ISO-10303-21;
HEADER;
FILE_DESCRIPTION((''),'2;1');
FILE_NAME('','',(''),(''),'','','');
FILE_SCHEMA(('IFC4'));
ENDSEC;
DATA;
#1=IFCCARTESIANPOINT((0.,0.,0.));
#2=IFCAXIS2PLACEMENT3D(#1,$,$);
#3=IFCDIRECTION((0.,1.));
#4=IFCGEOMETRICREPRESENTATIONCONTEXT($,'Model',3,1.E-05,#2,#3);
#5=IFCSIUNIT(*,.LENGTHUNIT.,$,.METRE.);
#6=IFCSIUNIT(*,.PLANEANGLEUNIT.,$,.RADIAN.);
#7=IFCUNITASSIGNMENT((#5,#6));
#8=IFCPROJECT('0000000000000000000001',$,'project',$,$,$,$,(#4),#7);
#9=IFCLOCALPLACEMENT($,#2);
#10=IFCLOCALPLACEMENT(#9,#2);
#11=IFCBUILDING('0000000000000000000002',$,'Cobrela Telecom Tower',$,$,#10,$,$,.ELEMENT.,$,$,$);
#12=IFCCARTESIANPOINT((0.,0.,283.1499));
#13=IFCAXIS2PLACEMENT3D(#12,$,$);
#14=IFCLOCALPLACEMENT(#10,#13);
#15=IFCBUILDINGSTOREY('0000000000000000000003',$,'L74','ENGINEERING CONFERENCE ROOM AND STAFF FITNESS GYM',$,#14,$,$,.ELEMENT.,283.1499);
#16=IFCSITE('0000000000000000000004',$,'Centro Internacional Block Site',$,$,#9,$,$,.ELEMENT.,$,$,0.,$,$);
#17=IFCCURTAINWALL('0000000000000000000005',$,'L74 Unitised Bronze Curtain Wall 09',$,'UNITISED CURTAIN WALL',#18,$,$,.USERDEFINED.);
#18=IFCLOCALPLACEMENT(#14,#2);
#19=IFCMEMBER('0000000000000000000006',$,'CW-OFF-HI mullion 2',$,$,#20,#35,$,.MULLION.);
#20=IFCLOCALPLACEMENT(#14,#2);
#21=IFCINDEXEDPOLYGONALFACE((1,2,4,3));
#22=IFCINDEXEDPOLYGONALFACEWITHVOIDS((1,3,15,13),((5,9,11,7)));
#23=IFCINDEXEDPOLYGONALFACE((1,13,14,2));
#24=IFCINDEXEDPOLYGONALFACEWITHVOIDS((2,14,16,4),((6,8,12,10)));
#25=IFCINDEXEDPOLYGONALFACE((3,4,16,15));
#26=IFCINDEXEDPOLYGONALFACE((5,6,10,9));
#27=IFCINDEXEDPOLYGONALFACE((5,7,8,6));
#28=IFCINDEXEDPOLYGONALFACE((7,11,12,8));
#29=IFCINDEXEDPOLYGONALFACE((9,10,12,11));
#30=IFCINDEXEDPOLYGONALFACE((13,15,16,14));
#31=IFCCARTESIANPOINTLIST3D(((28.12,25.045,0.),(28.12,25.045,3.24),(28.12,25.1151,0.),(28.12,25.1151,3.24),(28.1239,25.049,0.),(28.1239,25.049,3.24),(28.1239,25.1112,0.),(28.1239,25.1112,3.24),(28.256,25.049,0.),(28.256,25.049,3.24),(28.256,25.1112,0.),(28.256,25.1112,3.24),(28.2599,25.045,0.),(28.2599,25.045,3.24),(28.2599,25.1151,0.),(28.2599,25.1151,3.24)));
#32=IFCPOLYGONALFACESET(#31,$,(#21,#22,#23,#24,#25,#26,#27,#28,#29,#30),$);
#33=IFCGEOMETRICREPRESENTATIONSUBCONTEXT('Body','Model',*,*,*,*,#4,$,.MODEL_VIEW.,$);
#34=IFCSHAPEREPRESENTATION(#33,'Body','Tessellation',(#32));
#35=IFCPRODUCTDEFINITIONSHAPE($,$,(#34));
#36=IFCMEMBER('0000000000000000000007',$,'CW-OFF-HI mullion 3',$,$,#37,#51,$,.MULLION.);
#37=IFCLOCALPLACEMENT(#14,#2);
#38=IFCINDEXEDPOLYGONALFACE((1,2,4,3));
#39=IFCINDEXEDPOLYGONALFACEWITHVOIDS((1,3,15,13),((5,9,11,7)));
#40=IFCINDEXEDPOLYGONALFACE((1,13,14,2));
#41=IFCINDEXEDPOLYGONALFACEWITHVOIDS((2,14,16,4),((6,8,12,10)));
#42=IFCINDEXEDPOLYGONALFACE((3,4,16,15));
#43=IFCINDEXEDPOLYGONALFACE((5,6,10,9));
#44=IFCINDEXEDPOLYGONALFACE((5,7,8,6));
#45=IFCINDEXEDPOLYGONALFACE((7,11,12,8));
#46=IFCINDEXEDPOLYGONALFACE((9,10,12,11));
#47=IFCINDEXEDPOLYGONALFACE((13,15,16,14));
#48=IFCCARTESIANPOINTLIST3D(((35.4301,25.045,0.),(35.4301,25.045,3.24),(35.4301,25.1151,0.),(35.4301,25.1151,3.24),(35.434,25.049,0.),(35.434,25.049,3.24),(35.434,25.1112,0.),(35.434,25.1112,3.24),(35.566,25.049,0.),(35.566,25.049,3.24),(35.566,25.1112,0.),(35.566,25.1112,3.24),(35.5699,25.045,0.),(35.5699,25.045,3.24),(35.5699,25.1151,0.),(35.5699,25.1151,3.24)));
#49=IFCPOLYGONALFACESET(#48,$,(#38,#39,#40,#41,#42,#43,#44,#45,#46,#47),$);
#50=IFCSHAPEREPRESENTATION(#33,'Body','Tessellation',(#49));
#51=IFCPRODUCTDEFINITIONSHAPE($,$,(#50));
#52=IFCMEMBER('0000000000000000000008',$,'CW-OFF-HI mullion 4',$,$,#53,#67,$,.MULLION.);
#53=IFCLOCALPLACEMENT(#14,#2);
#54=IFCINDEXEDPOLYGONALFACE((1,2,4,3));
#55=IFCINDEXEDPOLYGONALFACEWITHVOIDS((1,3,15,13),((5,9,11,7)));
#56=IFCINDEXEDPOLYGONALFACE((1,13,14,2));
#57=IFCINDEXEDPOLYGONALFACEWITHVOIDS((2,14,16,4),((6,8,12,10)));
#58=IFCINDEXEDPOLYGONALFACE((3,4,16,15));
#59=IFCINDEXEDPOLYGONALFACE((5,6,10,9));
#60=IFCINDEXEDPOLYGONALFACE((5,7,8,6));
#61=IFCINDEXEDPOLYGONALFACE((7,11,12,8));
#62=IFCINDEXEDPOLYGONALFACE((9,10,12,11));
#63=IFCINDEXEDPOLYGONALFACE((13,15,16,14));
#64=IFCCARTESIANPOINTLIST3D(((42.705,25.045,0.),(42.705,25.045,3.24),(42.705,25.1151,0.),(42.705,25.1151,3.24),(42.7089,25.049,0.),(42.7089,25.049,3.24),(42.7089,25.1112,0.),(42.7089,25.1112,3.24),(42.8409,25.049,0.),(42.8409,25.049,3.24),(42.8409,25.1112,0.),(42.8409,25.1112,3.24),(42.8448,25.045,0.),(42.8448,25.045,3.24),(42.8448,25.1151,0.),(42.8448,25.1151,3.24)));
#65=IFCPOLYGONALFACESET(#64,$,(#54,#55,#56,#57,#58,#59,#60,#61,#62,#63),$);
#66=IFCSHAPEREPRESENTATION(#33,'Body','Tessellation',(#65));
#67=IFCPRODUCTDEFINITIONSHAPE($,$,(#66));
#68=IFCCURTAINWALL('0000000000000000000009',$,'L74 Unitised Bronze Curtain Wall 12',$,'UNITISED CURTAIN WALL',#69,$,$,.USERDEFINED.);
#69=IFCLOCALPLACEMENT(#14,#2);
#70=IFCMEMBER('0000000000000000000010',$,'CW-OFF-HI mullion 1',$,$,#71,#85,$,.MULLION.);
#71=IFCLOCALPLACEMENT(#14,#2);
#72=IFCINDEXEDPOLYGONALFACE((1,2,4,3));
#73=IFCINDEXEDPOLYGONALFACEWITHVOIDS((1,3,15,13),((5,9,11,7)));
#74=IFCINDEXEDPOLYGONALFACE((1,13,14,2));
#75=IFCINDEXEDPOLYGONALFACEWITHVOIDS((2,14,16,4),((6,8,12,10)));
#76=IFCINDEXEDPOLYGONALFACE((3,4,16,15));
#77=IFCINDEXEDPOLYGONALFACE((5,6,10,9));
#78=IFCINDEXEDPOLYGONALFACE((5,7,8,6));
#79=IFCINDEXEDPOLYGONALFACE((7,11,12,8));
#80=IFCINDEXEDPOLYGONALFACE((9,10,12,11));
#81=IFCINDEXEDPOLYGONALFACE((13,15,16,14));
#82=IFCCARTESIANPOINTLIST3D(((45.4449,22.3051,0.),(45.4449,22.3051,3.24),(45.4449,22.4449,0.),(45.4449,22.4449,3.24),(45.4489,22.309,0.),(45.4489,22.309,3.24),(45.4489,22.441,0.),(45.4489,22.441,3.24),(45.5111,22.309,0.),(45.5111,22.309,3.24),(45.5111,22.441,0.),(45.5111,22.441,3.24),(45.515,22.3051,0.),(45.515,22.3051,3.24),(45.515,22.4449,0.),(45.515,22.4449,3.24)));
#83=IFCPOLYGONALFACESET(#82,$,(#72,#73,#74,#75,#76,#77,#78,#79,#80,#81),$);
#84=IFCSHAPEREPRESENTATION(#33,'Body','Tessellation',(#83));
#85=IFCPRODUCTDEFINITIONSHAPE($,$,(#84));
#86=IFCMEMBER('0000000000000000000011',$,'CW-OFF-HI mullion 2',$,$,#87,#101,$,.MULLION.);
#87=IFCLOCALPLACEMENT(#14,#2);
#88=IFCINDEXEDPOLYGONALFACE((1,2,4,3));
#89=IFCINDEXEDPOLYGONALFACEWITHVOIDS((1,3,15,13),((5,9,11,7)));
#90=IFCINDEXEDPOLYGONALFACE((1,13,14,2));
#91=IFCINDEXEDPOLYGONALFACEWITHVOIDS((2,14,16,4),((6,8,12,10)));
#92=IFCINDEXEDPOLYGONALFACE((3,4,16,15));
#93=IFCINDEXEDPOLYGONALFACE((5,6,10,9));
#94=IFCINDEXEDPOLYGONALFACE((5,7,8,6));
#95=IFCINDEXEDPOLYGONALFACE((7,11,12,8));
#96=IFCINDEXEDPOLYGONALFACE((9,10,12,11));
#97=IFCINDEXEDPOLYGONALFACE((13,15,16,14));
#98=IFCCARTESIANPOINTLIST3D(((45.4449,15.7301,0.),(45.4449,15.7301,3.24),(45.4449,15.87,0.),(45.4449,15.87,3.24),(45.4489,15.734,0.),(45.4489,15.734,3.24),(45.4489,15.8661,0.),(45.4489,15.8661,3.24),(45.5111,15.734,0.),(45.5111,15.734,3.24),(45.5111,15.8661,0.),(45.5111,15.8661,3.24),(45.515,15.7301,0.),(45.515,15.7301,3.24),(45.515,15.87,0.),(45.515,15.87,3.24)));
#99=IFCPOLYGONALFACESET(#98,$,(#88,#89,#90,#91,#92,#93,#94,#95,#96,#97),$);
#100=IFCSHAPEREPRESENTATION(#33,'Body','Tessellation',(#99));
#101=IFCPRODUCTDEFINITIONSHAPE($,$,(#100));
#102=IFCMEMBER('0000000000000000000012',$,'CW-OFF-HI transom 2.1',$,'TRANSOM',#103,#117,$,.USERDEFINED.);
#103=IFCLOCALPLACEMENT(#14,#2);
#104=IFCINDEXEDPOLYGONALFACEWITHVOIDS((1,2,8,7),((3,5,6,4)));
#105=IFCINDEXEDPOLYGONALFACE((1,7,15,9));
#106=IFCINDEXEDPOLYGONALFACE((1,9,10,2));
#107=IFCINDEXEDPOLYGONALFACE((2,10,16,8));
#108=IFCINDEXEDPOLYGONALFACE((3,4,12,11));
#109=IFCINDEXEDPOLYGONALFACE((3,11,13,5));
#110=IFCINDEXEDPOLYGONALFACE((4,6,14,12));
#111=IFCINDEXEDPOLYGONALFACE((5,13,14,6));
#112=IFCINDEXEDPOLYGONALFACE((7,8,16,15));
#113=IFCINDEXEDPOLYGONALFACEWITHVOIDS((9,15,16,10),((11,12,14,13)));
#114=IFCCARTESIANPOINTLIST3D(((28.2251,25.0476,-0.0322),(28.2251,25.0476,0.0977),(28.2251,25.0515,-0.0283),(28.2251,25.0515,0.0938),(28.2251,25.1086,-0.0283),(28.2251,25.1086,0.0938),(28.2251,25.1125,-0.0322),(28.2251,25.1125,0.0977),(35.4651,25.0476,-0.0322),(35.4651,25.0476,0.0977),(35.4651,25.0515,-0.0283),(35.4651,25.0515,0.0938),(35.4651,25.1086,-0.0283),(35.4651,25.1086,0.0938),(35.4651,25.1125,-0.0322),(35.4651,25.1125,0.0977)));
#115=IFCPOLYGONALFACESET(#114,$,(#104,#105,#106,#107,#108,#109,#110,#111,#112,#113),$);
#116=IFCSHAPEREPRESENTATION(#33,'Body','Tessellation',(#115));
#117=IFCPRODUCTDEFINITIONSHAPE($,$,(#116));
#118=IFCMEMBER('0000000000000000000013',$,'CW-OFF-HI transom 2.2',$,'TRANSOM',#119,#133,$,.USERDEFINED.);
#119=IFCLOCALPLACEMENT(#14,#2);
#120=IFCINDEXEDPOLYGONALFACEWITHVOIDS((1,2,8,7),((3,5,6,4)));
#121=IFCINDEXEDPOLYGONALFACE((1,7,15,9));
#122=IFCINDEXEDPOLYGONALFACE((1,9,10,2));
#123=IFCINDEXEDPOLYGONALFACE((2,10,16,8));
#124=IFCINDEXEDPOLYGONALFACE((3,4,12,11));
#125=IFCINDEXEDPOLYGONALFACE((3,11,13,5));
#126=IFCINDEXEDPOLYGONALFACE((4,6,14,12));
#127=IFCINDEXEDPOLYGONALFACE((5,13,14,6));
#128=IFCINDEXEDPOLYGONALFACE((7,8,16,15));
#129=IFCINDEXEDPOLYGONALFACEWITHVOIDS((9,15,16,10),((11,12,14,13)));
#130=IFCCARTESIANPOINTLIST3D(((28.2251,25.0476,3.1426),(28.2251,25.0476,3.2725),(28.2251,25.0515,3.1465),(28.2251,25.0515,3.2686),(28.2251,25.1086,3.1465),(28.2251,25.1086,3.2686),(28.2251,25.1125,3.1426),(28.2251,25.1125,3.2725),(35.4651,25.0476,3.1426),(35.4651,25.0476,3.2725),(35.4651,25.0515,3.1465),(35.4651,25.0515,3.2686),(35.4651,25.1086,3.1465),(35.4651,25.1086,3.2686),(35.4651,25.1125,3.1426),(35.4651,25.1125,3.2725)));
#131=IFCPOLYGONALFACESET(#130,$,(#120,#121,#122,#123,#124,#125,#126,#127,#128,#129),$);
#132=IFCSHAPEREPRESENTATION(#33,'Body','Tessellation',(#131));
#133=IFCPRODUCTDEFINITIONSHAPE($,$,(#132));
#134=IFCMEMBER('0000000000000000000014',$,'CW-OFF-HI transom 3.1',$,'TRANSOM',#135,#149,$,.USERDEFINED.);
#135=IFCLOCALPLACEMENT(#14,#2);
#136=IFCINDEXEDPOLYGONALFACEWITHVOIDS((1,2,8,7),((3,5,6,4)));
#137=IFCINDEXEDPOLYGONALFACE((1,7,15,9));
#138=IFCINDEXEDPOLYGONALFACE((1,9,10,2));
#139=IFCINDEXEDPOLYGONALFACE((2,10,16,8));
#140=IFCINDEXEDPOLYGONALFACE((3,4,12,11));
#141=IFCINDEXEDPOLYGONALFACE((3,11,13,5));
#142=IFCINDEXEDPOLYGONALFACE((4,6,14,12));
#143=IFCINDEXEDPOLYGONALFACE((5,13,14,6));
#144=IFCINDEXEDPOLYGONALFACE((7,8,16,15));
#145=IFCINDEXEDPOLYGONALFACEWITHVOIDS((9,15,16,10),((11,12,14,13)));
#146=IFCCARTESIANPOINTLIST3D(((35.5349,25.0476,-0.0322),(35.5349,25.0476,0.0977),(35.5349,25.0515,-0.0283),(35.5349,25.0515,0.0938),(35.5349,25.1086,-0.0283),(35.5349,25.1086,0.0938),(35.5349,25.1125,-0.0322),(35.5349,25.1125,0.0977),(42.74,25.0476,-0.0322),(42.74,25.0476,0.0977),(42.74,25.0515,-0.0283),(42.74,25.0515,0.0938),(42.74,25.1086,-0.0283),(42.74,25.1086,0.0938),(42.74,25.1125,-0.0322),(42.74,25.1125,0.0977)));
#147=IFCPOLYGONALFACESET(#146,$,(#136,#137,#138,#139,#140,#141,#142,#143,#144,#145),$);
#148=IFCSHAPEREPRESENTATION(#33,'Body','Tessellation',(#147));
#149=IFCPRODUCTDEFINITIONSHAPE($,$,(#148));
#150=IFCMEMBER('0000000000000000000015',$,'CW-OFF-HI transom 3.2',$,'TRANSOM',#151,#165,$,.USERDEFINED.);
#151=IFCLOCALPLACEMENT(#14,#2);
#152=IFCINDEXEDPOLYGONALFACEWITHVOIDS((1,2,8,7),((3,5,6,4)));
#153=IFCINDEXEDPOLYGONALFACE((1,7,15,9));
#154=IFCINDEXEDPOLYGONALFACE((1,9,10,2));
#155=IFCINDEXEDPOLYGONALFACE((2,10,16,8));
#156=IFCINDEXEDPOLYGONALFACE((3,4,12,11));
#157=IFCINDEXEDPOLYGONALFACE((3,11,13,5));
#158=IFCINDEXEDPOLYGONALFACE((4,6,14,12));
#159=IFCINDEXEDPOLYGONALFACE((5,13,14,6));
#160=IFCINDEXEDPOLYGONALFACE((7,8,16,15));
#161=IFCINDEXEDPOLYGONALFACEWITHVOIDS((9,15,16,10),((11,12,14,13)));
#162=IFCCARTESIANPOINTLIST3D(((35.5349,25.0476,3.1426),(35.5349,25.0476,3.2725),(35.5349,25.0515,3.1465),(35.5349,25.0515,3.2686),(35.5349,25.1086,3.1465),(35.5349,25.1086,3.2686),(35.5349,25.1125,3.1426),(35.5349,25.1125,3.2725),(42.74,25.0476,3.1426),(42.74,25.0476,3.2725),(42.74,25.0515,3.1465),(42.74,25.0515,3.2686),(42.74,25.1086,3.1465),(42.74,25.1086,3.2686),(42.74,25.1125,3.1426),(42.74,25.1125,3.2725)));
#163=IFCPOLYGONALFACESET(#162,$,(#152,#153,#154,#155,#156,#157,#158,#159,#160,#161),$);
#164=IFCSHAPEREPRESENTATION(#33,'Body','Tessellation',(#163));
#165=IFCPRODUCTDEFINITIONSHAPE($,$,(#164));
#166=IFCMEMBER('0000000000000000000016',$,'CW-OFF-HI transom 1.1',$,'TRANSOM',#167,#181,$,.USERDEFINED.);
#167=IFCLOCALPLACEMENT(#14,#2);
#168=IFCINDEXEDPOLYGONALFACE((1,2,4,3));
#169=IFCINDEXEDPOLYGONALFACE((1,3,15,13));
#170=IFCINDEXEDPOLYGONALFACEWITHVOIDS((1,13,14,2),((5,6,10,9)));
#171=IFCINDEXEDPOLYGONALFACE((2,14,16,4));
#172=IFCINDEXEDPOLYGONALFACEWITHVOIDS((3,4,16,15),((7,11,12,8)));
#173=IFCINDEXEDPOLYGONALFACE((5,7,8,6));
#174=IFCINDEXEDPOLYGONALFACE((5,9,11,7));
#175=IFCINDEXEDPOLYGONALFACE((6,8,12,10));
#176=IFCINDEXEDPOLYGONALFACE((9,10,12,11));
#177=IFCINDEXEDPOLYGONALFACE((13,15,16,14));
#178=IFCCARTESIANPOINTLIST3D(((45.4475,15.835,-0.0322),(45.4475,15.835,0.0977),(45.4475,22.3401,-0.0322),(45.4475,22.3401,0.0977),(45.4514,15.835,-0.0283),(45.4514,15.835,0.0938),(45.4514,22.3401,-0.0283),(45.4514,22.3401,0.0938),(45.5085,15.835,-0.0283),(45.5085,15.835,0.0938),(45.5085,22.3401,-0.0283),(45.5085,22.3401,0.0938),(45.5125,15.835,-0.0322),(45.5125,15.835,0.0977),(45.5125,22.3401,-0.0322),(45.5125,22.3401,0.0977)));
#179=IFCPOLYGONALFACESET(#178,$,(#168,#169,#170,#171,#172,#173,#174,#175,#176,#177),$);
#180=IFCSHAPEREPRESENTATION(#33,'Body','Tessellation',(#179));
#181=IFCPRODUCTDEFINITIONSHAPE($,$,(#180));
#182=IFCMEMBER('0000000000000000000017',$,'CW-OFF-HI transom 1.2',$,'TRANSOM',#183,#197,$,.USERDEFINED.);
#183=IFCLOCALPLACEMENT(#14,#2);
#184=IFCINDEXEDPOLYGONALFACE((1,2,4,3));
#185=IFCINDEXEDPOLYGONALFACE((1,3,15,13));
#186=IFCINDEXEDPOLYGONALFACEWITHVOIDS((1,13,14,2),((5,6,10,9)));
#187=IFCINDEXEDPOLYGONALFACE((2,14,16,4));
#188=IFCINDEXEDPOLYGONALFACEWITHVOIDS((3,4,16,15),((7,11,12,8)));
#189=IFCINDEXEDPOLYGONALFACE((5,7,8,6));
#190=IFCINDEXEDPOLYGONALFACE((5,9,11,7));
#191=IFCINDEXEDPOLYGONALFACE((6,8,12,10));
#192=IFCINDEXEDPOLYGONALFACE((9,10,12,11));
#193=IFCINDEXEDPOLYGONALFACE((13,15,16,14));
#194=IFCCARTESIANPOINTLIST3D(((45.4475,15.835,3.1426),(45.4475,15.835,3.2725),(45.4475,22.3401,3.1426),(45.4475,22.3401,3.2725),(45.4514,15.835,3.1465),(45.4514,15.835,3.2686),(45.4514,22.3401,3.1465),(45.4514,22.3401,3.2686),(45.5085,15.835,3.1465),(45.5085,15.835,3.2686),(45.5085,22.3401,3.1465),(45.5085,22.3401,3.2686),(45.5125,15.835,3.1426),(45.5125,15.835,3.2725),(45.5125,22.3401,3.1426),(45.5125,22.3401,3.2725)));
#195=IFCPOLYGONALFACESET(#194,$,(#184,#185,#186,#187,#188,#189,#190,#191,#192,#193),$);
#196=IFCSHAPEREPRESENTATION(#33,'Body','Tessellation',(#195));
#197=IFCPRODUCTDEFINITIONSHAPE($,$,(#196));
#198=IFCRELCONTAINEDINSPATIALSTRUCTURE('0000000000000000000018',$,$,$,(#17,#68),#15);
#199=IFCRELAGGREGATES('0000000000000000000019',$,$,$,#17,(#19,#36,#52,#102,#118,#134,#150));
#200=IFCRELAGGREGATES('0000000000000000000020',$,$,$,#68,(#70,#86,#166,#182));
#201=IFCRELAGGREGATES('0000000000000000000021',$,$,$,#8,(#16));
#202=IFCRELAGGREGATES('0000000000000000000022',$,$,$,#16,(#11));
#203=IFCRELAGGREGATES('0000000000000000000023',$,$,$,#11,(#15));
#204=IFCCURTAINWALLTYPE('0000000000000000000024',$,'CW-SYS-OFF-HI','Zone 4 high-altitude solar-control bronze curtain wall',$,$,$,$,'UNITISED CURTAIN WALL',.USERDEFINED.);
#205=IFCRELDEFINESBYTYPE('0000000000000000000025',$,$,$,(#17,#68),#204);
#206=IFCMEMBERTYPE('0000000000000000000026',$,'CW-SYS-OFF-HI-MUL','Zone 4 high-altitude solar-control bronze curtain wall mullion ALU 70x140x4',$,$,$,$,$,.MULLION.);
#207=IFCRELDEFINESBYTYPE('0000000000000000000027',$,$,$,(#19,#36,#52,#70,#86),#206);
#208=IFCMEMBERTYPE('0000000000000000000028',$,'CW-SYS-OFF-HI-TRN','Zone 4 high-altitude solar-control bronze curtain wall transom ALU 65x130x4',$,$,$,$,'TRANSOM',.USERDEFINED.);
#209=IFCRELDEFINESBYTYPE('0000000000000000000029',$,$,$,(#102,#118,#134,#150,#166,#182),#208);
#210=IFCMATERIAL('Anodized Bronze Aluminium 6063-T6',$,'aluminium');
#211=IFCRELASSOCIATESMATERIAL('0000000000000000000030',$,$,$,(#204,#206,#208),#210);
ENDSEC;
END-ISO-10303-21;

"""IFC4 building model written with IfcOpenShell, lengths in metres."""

from ifc_helpers import new_model, si_unit, direction, frame, origin, origin_2d, place, context, subcontext, project, spatial, hollow_rectangle, extrude, material, material_profile, profile_set, type_object, element, aggregate, save


model = new_model("IFC4")

# Units and contexts
model_context = context("Model", 3, precision=1e-05, world=origin(), true_north=direction((0.0, 1.0)))
body_context = subcontext(model_context, "Body", "Model", "MODEL_VIEW")
ifc_project = project(units=[si_unit("LENGTHUNIT", "METRE"), si_unit("PLANEANGLEUNIT", "RADIAN")], contexts=[model_context])

# Site, building, storey
site_placement = place(None, origin())
site = spatial("IfcSite", under=ifc_project, at=site_placement, Name="Centro Internacional Block Site", CompositionType="ELEMENT", RefElevation=0.0)
building_placement = place(site_placement, origin())
building = spatial("IfcBuilding", under=site, at=building_placement, Name="Cobrela Telecom Tower", CompositionType="ELEMENT")
storey_placement = place(building_placement, frame((0.0, 0.0, 283.1499)))
storey = spatial("IfcBuildingStorey", under=building, at=storey_placement, Name="L74", Description="ENGINEERING CONFERENCE ROOM AND STAFF FITNESS GYM", CompositionType="ELEMENT", Elevation=283.1499)

# Curtain walls, members
ifc_material_1 = material(Name="Anodized Bronze Aluminium 6063-T6", Category="aluminium")
curtain_wall_type = type_object("IfcCurtainWallType", Name="CW-SYS-OFF-HI", Description="Zone 4 high-altitude solar-control bronze curtain wall", ElementType="UNITISED CURTAIN WALL", PredefinedType="USERDEFINED", material=ifc_material_1)
curtain_wall_1_placement = place(storey_placement, origin())
curtain_wall_1 = element("IfcCurtainWall", 1, at=curtain_wall_1_placement, inside=storey, type_object=curtain_wall_type, Name="L74 Unitised Bronze Curtain Wall 09", ObjectType="UNITISED CURTAIN WALL", PredefinedType="USERDEFINED")
ifc_material_profile_1 = material_profile(ifc_material_1, hollow_rectangle(XDim=0.0701, YDim=0.1399, WallThickness=0.0039, at=origin_2d()), Name="ALU 70x140x4")
ifc_profile_set_1 = profile_set([ifc_material_profile_1], Name="Anodized Bronze Aluminium 6063-T6")
member_type_1 = type_object("IfcMemberType", Name="CW-SYS-OFF-HI-MUL", Description="Zone 4 high-altitude solar-control bronze curtain wall mullion ALU 70x140x4", PredefinedType="MULLION", material=ifc_profile_set_1)
member_1_placement = place(storey_placement, frame((28.1899, 25.0801, 0.0), z_axis=(0.0, 0.0, 1.0), x_axis=(0.0, 1.0, 0.0)))
member_1 = element("IfcMember", 2, at=member_1_placement, type_object=member_type_1, Name="CW-OFF-HI mullion 2", PredefinedType="MULLION", context=body_context, shape_type="SweptSolid", body=[
    extrude(hollow_rectangle(XDim=0.0701, YDim=0.1399, WallThickness=0.0039, at=origin_2d()), origin(), (0.0, 0.0, 1.0), 3.24),
])
member_2_placement = place(storey_placement, frame((35.5, 25.0801, 0.0), z_axis=(0.0, 0.0, 1.0), x_axis=(0.0, 1.0, 0.0)))
member_2 = element("IfcMember", 3, at=member_2_placement, type_object=member_type_1, Name="CW-OFF-HI mullion 3", PredefinedType="MULLION", context=body_context, shape_type="SweptSolid", body=[
    extrude(hollow_rectangle(XDim=0.0701, YDim=0.1399, WallThickness=0.0039, at=origin_2d()), origin(), (0.0, 0.0, 1.0), 3.24),
])
member_3_placement = place(storey_placement, frame((42.7749, 25.0801, 0.0), z_axis=(0.0, 0.0, 1.0), x_axis=(0.0, 1.0, 0.0)))
member_3 = element("IfcMember", 4, at=member_3_placement, type_object=member_type_1, Name="CW-OFF-HI mullion 4", PredefinedType="MULLION", context=body_context, shape_type="SweptSolid", body=[
    extrude(hollow_rectangle(XDim=0.0701, YDim=0.1399, WallThickness=0.0039, at=origin_2d()), origin(), (0.0, 0.0, 1.0), 3.24),
])
curtain_wall_2_placement = place(storey_placement, origin())
curtain_wall_2 = element("IfcCurtainWall", 5, at=curtain_wall_2_placement, inside=storey, type_object=curtain_wall_type, Name="L74 Unitised Bronze Curtain Wall 12", ObjectType="UNITISED CURTAIN WALL", PredefinedType="USERDEFINED")
member_4_placement = place(storey_placement, frame((45.48, 22.375, 0.0), z_axis=(0.0, 0.0, 1.0), x_axis=(1.0, 0.0, 0.0)))
member_4 = element("IfcMember", 6, at=member_4_placement, type_object=member_type_1, Name="CW-OFF-HI mullion 1", PredefinedType="MULLION", context=body_context, shape_type="SweptSolid", body=[
    extrude(hollow_rectangle(XDim=0.0701, YDim=0.1399, WallThickness=0.0039, at=origin_2d()), origin(), (0.0, 0.0, 1.0), 3.24),
])
member_5_placement = place(storey_placement, frame((45.48, 15.8, 0.0), z_axis=(0.0, 0.0, 1.0), x_axis=(1.0, 0.0, 0.0)))
member_5 = element("IfcMember", 7, at=member_5_placement, type_object=member_type_1, Name="CW-OFF-HI mullion 2", PredefinedType="MULLION", context=body_context, shape_type="SweptSolid", body=[
    extrude(hollow_rectangle(XDim=0.0701, YDim=0.1399, WallThickness=0.0039, at=origin_2d()), origin(), (0.0, 0.0, 1.0), 3.24),
])

# Members
ifc_material_profile_2 = material_profile(ifc_material_1, hollow_rectangle(XDim=0.0649, YDim=0.1299, WallThickness=0.0039, at=origin_2d()), Name="ALU 65x130x4")
ifc_profile_set_2 = profile_set([ifc_material_profile_2], Name="Anodized Bronze Aluminium 6063-T6")
member_type_2 = type_object("IfcMemberType", Name="CW-SYS-OFF-HI-TRN", Description="Zone 4 high-altitude solar-control bronze curtain wall transom ALU 65x130x4", ElementType="TRANSOM", PredefinedType="USERDEFINED", material=ifc_profile_set_2)
member_6_placement = place(storey_placement, frame((28.2251, 25.0801, 0.0327), z_axis=(1.0, 0.0, 0.0), x_axis=(0.0, 1.0, 0.0)))
member_6 = element("IfcMember", 8, at=member_6_placement, type_object=member_type_2, Name="CW-OFF-HI transom 2.1", ObjectType="TRANSOM", PredefinedType="USERDEFINED", context=body_context, shape_type="SweptSolid", body=[
    extrude(hollow_rectangle(XDim=0.0649, YDim=0.1299, WallThickness=0.0039, at=origin_2d()), origin(), (0.0, 0.0, 1.0), 7.24),
])
member_7_placement = place(storey_placement, frame((28.2251, 25.0801, 3.2075), z_axis=(1.0, 0.0, 0.0), x_axis=(0.0, 1.0, 0.0)))
member_7 = element("IfcMember", 9, at=member_7_placement, type_object=member_type_2, Name="CW-OFF-HI transom 2.2", ObjectType="TRANSOM", PredefinedType="USERDEFINED", context=body_context, shape_type="SweptSolid", body=[
    extrude(hollow_rectangle(XDim=0.0649, YDim=0.1299, WallThickness=0.0039, at=origin_2d()), origin(), (0.0, 0.0, 1.0), 7.24),
])
member_8_placement = place(storey_placement, frame((35.5349, 25.0801, 0.0327), z_axis=(1.0, 0.0, 0.0), x_axis=(0.0, 1.0, 0.0)))
member_8 = element("IfcMember", 10, at=member_8_placement, type_object=member_type_2, Name="CW-OFF-HI transom 3.1", ObjectType="TRANSOM", PredefinedType="USERDEFINED", context=body_context, shape_type="SweptSolid", body=[
    extrude(hollow_rectangle(XDim=0.0649, YDim=0.1299, WallThickness=0.0039, at=origin_2d()), origin(), (0.0, 0.0, 1.0), 7.2051),
])
member_9_placement = place(storey_placement, frame((35.5349, 25.0801, 3.2075), z_axis=(1.0, 0.0, 0.0), x_axis=(0.0, 1.0, 0.0)))
member_9 = element("IfcMember", 11, at=member_9_placement, type_object=member_type_2, Name="CW-OFF-HI transom 3.2", ObjectType="TRANSOM", PredefinedType="USERDEFINED", context=body_context, shape_type="SweptSolid", body=[
    extrude(hollow_rectangle(XDim=0.0649, YDim=0.1299, WallThickness=0.0039, at=origin_2d()), origin(), (0.0, 0.0, 1.0), 7.2051),
])
member_10_placement = place(storey_placement, frame((45.48, 22.3401, 0.0327), z_axis=(0.0, -1.0, 0.0), x_axis=(1.0, 0.0, 0.0)))
member_10 = element("IfcMember", 12, at=member_10_placement, type_object=member_type_2, Name="CW-OFF-HI transom 1.1", ObjectType="TRANSOM", PredefinedType="USERDEFINED", context=body_context, shape_type="SweptSolid", body=[
    extrude(hollow_rectangle(XDim=0.0649, YDim=0.1299, WallThickness=0.0039, at=origin_2d()), origin(), (0.0, 0.0, 1.0), 6.5051),
])
member_11_placement = place(storey_placement, frame((45.48, 22.3401, 3.2075), z_axis=(0.0, -1.0, 0.0), x_axis=(1.0, 0.0, 0.0)))
member_11 = element("IfcMember", 13, at=member_11_placement, type_object=member_type_2, Name="CW-OFF-HI transom 1.2", ObjectType="TRANSOM", PredefinedType="USERDEFINED", context=body_context, shape_type="SweptSolid", body=[
    extrude(hollow_rectangle(XDim=0.0649, YDim=0.1299, WallThickness=0.0039, at=origin_2d()), origin(), (0.0, 0.0, 1.0), 6.5051),
])

aggregate(curtain_wall_1, [member_1, member_2, member_3, member_6, member_7, member_8, member_9])
aggregate(curtain_wall_2, [member_4, member_5, member_10, member_11])

save(model, "model.ifc")
